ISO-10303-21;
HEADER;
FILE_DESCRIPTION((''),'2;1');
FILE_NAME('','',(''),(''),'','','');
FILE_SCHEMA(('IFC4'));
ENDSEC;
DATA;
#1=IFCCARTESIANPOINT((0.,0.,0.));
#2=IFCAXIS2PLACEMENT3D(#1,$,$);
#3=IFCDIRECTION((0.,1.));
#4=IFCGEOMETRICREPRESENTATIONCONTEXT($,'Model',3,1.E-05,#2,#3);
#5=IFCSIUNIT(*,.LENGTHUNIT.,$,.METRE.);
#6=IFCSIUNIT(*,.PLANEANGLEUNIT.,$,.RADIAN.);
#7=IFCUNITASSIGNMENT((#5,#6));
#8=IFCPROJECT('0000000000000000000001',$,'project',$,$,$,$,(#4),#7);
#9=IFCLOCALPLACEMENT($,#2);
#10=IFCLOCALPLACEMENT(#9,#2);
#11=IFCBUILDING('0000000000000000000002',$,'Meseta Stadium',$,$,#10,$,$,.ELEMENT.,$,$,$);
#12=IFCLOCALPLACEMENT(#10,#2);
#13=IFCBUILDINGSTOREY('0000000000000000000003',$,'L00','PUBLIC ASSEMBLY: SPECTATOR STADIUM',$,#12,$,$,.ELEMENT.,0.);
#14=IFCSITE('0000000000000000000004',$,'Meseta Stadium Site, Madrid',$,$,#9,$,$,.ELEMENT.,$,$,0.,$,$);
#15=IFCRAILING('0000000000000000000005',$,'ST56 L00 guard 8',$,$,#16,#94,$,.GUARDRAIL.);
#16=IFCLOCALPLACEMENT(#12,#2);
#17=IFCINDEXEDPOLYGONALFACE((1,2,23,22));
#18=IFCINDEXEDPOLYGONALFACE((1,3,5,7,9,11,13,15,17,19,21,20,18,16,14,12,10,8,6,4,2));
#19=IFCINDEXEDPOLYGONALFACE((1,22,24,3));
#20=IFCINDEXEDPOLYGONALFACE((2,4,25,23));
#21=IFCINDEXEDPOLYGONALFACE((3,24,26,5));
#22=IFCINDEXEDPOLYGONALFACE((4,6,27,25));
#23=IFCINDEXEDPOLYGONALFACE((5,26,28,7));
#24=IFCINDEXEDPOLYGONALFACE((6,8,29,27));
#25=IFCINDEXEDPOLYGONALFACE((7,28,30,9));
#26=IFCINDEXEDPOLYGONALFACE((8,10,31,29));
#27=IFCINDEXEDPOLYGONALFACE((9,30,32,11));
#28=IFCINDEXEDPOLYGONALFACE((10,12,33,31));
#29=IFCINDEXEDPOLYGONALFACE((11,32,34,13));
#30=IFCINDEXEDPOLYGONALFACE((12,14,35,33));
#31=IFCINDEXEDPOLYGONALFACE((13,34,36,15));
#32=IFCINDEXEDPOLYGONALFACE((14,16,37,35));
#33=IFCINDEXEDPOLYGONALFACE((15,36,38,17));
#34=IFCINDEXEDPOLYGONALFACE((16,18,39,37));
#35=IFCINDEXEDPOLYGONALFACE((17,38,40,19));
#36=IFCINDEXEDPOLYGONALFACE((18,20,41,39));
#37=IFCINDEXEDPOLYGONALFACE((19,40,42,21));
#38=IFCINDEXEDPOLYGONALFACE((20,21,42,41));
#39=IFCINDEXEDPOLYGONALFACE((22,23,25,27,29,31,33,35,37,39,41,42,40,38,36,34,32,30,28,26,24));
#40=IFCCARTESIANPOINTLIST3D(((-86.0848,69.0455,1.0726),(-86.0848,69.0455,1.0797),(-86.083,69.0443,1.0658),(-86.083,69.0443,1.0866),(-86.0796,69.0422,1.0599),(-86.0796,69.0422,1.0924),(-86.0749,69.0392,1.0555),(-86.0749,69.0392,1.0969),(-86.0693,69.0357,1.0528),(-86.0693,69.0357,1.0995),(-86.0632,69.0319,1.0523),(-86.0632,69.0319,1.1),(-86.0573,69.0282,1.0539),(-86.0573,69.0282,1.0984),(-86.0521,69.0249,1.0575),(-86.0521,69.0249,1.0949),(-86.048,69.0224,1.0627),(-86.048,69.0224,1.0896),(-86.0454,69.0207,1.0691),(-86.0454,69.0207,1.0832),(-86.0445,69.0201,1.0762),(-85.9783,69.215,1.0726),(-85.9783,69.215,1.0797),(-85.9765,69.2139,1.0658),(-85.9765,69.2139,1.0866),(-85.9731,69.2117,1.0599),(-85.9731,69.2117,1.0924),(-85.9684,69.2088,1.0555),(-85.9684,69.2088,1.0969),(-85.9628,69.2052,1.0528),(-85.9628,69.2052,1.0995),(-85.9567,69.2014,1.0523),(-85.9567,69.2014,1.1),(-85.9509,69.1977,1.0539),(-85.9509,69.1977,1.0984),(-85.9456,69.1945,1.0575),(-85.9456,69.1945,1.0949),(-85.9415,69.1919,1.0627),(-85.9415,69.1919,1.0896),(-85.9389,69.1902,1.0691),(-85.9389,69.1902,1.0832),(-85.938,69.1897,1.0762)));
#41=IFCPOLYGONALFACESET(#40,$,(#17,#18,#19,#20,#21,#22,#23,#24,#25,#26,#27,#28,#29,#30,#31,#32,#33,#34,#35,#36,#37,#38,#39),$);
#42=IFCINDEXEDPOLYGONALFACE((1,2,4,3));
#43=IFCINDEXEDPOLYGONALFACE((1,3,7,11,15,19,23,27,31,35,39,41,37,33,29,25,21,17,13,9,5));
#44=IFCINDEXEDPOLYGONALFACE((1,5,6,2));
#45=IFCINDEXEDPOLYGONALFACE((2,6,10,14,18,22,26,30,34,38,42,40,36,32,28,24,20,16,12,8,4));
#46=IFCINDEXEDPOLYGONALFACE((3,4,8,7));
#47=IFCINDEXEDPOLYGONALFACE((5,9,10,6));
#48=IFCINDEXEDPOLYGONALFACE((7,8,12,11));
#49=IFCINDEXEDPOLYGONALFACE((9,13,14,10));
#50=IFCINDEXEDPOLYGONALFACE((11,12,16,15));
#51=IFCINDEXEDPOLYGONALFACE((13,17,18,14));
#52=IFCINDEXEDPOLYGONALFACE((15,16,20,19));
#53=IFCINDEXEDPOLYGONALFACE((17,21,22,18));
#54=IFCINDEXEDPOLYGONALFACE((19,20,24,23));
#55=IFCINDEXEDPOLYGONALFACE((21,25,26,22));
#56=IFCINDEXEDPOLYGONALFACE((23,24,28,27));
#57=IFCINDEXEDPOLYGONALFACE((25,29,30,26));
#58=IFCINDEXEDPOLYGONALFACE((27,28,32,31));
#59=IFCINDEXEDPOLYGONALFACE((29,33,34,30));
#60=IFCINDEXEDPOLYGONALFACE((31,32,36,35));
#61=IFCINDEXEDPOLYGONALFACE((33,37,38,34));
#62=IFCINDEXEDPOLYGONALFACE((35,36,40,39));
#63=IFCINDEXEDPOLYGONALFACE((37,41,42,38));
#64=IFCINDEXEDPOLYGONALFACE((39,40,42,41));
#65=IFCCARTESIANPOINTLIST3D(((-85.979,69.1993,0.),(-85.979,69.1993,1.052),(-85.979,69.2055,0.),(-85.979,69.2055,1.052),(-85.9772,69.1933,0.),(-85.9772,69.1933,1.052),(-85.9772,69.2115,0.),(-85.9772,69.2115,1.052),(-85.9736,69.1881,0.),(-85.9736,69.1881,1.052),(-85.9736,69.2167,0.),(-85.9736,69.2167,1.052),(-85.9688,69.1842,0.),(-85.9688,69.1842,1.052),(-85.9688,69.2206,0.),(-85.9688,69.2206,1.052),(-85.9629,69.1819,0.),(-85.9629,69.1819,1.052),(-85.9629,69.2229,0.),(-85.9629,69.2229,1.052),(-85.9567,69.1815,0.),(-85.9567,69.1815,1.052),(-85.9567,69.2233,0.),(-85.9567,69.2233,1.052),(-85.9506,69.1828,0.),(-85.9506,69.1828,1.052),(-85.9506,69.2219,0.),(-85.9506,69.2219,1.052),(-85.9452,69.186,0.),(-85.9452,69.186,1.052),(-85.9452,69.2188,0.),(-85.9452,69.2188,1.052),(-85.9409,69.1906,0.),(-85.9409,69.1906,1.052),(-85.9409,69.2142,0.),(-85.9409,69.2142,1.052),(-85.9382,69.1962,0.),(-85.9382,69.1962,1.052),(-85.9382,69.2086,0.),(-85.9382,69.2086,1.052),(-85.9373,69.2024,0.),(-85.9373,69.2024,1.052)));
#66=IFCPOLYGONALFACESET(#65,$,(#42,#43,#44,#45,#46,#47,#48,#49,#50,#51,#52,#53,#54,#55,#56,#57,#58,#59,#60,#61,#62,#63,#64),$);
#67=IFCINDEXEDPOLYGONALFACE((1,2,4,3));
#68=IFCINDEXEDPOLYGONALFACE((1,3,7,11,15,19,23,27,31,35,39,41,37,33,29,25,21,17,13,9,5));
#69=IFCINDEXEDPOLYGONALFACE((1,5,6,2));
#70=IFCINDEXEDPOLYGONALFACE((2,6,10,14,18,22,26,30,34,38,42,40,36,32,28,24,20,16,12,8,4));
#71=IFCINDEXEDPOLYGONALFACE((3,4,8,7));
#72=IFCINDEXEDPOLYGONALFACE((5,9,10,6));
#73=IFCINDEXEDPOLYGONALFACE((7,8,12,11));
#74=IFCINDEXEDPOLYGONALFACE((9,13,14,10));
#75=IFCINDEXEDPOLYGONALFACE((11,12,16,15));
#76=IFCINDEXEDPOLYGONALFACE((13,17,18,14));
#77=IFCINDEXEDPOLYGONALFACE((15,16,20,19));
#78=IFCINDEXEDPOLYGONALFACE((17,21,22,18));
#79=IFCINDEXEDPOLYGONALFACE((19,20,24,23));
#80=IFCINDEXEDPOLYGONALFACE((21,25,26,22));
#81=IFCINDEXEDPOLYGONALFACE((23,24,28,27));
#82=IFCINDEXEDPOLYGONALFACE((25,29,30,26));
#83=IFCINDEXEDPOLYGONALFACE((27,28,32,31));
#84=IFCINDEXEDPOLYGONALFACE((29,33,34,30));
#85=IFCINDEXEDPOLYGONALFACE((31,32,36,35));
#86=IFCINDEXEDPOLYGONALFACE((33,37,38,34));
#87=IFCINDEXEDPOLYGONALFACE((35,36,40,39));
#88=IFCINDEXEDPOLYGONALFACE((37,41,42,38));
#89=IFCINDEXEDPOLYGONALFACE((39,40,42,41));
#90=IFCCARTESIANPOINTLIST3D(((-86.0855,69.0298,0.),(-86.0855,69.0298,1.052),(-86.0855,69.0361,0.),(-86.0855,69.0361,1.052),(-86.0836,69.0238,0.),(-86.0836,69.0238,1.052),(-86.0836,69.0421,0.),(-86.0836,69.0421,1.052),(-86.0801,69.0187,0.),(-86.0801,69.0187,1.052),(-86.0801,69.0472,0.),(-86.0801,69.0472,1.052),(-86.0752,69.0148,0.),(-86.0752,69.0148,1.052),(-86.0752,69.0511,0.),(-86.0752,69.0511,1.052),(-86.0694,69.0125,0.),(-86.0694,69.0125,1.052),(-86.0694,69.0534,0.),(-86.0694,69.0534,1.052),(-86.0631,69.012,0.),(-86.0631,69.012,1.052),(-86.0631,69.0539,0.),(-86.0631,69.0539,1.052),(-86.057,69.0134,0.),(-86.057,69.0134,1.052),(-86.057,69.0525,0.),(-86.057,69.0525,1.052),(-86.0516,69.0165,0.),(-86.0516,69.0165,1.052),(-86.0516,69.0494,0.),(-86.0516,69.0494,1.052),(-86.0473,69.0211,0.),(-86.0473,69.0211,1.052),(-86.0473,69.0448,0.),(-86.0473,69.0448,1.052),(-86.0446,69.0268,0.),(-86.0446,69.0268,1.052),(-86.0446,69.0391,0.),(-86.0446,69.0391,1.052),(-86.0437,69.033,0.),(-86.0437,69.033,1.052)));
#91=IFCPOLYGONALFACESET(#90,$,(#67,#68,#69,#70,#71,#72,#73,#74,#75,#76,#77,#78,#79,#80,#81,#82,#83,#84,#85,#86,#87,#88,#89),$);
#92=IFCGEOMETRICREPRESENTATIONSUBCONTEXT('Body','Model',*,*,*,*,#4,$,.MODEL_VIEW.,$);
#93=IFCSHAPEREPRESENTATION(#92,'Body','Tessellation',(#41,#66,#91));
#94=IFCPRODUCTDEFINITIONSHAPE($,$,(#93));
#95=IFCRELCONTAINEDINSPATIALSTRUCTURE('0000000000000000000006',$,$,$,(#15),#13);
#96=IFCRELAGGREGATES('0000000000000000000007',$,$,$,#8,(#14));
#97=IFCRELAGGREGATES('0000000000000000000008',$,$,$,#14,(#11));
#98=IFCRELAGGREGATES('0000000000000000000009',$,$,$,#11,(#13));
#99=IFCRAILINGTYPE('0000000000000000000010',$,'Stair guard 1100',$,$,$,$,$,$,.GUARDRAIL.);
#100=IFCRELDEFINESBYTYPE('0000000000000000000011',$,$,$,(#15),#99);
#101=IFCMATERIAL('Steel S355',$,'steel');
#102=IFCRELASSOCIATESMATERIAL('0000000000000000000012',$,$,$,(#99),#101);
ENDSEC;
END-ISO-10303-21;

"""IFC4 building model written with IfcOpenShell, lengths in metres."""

from ifc_helpers import new_model, si_unit, direction, frame, origin, origin_2d, place, context, subcontext, project, spatial, circle, extrude, material, type_object, element, save


model = new_model("IFC4")

# Units and contexts
model_context = context("Model", 3, precision=1e-05, world=origin(), true_north=direction((0.0, 1.0)))
body_context = subcontext(model_context, "Body", "Model", "MODEL_VIEW")
ifc_project = project(units=[si_unit("LENGTHUNIT", "METRE"), si_unit("PLANEANGLEUNIT", "RADIAN")], contexts=[model_context])

# Site, building, storey
site_placement = place(None, origin())
site = spatial("IfcSite", under=ifc_project, at=site_placement, Name="Meseta Stadium Site, Madrid", CompositionType="ELEMENT", RefElevation=0.0)
building_placement = place(site_placement, origin())
building = spatial("IfcBuilding", under=site, at=building_placement, Name="Meseta Stadium", CompositionType="ELEMENT")
storey_placement = place(building_placement, origin())
storey = spatial("IfcBuildingStorey", under=building, at=storey_placement, Name="L00", Description="PUBLIC ASSEMBLY: SPECTATOR STADIUM", CompositionType="ELEMENT", Elevation=0.0)

# Railing
ifc_material_1 = material(Name="Steel S355", Category="steel")
railing_type_1 = type_object("IfcRailingType", Name="Stair guard 1100", PredefinedType="GUARDRAIL", material=ifc_material_1)
railing_1_placement = place(storey_placement, frame((-85.9583, 69.2024, 0.0)))
element("IfcRailing", 1, at=railing_1_placement, inside=storey, type_object=railing_type_1, Name="ST56 L00 guard 8", PredefinedType="GUARDRAIL", context=body_context, shape_type="SweptSolid", body=[
    extrude(circle(Radius=0.0239, at=origin_2d()), frame((0.0, 0.0, 1.0762), z_axis=(-0.531972, -0.846762, 0.0), x_axis=(0.846762, -0.531972, 0.0)), (0.0, 0.0, 1.0), 0.2002),
    extrude(circle(Radius=0.021, at=origin_2d()), origin(), (0.0, 0.0, 1.0), 1.052),
    extrude(circle(Radius=0.021, at=origin_2d()), frame((-0.1064, -0.1694, 0.0)), (0.0, 0.0, 1.0), 1.052),
])

save(model, "model.ifc")
